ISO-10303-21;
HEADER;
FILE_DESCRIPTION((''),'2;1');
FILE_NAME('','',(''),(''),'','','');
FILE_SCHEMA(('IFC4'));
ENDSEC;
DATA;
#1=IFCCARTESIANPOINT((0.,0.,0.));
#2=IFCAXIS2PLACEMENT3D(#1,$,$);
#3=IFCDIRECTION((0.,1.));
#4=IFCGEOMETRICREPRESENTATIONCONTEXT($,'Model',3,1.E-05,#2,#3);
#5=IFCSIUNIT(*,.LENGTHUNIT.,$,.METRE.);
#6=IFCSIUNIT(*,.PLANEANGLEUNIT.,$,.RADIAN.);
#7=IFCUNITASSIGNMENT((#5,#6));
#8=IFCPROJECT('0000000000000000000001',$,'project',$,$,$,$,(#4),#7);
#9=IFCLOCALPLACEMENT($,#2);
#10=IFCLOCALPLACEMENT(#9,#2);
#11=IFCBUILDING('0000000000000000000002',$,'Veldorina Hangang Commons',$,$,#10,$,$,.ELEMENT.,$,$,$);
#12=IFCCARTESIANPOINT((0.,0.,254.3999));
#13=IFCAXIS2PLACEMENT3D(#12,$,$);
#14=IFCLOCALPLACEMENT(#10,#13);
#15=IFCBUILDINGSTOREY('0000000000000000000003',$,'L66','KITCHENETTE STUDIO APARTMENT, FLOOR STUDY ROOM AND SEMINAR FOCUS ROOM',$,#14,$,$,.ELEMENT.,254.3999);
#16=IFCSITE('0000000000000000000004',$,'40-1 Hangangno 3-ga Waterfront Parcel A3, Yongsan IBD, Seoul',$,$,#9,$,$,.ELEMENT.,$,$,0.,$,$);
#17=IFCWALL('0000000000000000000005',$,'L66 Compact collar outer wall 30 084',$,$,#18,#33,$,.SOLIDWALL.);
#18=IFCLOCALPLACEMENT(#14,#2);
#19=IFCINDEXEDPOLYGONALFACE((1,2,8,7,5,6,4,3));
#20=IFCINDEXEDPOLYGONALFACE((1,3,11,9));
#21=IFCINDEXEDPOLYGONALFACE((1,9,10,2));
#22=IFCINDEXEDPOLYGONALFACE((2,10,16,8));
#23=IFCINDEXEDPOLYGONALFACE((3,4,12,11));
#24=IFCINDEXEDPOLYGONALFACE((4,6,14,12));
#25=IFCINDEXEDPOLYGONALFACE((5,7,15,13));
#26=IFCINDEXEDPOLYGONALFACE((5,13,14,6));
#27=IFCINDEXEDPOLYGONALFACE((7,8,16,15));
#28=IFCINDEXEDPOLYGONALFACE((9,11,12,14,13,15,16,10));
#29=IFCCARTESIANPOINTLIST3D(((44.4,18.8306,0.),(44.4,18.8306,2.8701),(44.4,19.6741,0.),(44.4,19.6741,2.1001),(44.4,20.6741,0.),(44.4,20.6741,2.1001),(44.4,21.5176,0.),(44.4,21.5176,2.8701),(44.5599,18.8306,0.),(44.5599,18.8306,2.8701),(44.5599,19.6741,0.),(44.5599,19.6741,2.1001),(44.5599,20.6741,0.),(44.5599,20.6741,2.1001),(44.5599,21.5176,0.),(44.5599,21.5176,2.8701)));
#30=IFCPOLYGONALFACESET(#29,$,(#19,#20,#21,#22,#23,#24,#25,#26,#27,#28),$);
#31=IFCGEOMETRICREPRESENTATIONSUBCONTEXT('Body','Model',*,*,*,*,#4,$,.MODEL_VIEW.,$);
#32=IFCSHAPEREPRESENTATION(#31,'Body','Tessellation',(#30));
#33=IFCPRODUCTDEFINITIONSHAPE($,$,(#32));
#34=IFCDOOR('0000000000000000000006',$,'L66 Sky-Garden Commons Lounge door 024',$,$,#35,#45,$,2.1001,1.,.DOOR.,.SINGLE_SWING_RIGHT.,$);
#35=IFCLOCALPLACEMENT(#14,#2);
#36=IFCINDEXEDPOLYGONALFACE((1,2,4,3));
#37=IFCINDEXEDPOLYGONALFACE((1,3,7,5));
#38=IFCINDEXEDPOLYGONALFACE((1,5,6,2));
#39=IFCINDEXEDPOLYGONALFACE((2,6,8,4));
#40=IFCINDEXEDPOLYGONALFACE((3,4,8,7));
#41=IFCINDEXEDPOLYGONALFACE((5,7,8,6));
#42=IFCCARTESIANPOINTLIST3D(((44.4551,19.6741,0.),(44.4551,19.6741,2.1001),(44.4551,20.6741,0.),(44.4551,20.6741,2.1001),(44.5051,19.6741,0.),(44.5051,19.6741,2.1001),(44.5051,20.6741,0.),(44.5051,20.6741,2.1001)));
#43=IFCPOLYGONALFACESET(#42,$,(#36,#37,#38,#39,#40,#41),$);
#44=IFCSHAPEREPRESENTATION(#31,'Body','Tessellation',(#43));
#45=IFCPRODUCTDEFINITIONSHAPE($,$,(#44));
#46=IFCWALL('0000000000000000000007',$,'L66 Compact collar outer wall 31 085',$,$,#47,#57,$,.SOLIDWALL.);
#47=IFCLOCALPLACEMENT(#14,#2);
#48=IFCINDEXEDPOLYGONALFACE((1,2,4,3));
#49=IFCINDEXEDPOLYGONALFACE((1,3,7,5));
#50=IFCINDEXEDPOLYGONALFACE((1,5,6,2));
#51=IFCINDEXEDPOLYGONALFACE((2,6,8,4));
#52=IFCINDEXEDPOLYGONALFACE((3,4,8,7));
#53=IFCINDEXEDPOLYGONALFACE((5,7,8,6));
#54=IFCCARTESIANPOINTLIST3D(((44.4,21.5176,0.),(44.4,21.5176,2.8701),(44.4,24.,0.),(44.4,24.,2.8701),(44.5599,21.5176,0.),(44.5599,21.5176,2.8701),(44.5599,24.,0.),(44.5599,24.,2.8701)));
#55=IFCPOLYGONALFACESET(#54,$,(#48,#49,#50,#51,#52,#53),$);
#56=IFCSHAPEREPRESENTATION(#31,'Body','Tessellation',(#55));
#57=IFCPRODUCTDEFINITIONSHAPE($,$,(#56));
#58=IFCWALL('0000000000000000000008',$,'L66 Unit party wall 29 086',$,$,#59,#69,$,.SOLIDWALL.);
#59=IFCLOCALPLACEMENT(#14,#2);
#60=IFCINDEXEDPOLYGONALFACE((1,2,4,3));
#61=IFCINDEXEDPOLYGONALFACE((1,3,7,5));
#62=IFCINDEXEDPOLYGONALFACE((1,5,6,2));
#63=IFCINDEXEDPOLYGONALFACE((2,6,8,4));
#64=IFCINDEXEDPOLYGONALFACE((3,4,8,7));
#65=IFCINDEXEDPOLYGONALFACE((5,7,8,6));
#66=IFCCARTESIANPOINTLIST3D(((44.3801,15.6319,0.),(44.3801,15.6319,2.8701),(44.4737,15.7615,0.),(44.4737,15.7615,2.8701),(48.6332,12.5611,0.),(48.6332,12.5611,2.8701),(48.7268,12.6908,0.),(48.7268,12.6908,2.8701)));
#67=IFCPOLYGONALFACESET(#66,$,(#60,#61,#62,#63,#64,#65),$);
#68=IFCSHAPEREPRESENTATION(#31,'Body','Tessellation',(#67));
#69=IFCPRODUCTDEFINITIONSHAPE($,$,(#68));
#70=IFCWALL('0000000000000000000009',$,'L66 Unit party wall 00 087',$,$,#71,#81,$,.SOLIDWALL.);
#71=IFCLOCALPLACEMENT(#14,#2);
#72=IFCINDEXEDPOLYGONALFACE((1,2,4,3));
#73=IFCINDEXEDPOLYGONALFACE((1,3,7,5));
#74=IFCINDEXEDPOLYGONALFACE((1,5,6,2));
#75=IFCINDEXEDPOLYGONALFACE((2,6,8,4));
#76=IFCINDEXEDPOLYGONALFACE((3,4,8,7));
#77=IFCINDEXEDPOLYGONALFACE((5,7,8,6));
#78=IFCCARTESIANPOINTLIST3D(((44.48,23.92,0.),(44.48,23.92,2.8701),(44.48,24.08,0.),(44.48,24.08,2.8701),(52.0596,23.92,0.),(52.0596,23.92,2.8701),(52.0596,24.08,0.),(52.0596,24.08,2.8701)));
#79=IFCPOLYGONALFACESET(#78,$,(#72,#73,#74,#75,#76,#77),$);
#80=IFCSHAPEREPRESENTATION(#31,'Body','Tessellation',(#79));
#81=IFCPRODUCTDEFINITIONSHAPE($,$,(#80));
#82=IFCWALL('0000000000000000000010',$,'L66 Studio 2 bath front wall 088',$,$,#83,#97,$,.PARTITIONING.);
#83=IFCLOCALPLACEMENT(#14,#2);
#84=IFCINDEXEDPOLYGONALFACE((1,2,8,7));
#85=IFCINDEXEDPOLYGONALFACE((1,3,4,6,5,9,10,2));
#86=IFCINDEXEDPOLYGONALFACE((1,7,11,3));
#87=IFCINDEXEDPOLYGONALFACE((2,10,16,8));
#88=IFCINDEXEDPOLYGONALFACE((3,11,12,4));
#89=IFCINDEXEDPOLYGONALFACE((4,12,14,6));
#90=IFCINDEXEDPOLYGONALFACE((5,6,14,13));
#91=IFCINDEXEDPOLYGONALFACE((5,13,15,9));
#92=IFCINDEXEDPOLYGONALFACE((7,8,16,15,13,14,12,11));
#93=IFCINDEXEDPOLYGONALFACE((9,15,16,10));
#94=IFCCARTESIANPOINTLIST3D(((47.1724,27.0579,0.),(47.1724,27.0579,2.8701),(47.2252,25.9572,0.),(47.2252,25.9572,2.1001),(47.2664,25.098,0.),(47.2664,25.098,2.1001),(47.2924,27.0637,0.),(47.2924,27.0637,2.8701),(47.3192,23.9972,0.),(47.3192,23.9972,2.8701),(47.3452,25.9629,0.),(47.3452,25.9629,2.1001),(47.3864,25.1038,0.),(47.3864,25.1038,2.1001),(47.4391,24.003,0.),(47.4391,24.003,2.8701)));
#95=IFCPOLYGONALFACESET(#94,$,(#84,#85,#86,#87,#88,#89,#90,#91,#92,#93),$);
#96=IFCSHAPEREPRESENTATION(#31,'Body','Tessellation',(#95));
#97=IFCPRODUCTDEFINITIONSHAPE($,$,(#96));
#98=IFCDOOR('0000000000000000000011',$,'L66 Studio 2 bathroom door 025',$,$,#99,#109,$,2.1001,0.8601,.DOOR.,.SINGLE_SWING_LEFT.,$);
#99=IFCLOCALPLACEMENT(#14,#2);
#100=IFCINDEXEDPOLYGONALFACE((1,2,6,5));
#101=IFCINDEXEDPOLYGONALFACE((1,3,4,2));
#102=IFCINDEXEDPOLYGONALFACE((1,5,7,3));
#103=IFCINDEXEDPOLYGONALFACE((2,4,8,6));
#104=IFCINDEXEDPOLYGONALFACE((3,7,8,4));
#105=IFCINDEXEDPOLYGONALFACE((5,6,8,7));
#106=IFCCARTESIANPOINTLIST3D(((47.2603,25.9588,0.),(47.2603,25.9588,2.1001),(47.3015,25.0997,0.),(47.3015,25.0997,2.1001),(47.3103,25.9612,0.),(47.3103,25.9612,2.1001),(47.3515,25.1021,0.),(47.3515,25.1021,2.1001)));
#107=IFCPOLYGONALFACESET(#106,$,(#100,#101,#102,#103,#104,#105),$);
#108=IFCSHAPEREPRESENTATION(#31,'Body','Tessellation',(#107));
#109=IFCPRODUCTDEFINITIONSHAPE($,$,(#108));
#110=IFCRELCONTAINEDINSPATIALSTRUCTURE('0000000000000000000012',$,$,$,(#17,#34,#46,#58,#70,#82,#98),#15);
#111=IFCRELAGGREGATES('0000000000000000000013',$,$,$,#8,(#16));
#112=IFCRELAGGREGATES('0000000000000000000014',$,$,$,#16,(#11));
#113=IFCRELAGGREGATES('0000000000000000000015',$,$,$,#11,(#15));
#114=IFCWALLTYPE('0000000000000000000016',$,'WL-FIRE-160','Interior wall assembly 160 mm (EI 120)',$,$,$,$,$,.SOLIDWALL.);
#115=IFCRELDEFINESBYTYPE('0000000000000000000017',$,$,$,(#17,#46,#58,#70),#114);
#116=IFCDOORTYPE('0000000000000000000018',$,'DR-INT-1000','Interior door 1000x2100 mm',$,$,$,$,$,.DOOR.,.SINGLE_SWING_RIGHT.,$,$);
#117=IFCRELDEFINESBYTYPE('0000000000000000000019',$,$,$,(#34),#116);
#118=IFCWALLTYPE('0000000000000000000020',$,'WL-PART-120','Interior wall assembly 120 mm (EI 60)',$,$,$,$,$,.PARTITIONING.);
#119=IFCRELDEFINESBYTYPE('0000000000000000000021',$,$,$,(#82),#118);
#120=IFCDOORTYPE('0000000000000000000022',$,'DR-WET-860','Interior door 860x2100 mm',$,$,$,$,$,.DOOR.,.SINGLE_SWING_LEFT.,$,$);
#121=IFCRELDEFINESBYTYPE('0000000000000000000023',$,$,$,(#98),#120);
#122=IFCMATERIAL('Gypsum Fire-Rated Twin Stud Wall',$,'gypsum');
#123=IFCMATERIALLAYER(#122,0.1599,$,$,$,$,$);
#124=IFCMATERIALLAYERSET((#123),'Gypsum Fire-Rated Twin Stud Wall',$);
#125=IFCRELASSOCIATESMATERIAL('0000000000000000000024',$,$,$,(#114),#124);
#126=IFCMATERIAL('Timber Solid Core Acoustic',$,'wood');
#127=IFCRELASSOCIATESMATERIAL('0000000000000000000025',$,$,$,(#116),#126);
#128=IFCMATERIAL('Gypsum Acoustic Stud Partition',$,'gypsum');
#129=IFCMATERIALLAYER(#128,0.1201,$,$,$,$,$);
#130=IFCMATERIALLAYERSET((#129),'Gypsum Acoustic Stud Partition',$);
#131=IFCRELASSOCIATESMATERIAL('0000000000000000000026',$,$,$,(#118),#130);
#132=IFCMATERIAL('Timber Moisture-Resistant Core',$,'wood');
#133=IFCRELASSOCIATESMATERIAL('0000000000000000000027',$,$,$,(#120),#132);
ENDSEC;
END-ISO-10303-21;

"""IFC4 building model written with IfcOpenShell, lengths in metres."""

from ifc_helpers import new_model, si_unit, direction, frame, frame_2d, origin, place, context, subcontext, project, spatial, rectangle, extrude, material, layer, layer_set, type_object, element, fill, save


model = new_model("IFC4")

# Units and contexts
model_context = context("Model", 3, precision=1e-05, world=origin(), true_north=direction((0.0, 1.0)))
body_context = subcontext(model_context, "Body", "Model", "MODEL_VIEW")
ifc_project = project(units=[si_unit("LENGTHUNIT", "METRE"), si_unit("PLANEANGLEUNIT", "RADIAN")], contexts=[model_context])

# Site, building, storey
site_placement = place(None, origin())
site = spatial("IfcSite", under=ifc_project, at=site_placement, Name="40-1 Hangangno 3-ga Waterfront Parcel A3, Yongsan IBD, Seoul", CompositionType="ELEMENT", RefElevation=0.0)
building_placement = place(site_placement, origin())
building = spatial("IfcBuilding", under=site, at=building_placement, Name="Veldorina Hangang Commons", CompositionType="ELEMENT")
storey_placement = place(building_placement, frame((0.0, 0.0, 254.3999)))
storey = spatial("IfcBuildingStorey", under=building, at=storey_placement, Name="L66", Description="KITCHENETTE STUDIO APARTMENT, FLOOR STUDY ROOM AND SEMINAR FOCUS ROOM", CompositionType="ELEMENT", Elevation=254.3999)

# Shared definitions
ifc_material_1 = material(Name="Gypsum Fire-Rated Twin Stud Wall", Category="gypsum")
ifc_layer_1 = layer(ifc_material_1, 0.1599)
ifc_layer_set_1 = layer_set([ifc_layer_1], Name="Gypsum Fire-Rated Twin Stud Wall")
wall_type_1 = type_object("IfcWallType", Name="WL-FIRE-160", Description="Interior wall assembly 160 mm (EI 120)", PredefinedType="SOLIDWALL", material=ifc_layer_set_1)

# Wall, opening, door
wall_1_placement = place(storey_placement, frame((44.48, 18.8306, 0.0), z_axis=(0.0, 0.0, 1.0), x_axis=(0.0, 1.0, 0.0)))
wall_1 = element("IfcWall", 1, at=wall_1_placement, inside=storey, type_object=wall_type_1, Name="L66 Compact collar outer wall 30 084", PredefinedType="SOLIDWALL", context=body_context, shape_type="SweptSolid", body=[
    extrude(rectangle(XDim=2.687, YDim=0.1599, at=frame_2d((1.3435, 0.0))), origin(), (0.0, 0.0, 1.0), 2.8701),
])
opening_1_placement = place(wall_1_placement, frame((0.8435, 0.0, 0.0)))
opening_1 = element("IfcOpeningElement", 2, at=opening_1_placement, cuts=wall_1, PredefinedType="OPENING", context=body_context, shape_type="SweptSolid", body=[
    extrude(rectangle(XDim=1.0, YDim=2.1001, at=frame_2d((0.5, 1.05))), frame((0.0, 0.0898, 0.0), z_axis=(0.0, -1.0, 0.0), x_axis=(1.0, 0.0, 0.0)), (0.0, 0.0, 1.0), 0.1799),
])
ifc_material_2 = material(Name="Timber Solid Core Acoustic", Category="wood")
door_type_1 = type_object("IfcDoorType", Name="DR-INT-1000", Description="Interior door 1000x2100 mm", OperationType="SINGLE_SWING_RIGHT", PredefinedType="DOOR", material=ifc_material_2)
door_1_placement = place(opening_1_placement, origin())
door_1 = element("IfcDoor", 3, at=door_1_placement, inside=storey, type_object=door_type_1, Name="L66 Sky-Garden Commons Lounge door 024", OperationType="SINGLE_SWING_RIGHT", OverallHeight=2.1001, OverallWidth=1.0, PredefinedType="DOOR", context=body_context, shape_type="SweptSolid", body=[
    extrude(rectangle(XDim=1.0, YDim=2.1001, at=frame_2d((0.5, 1.05))), frame((0.0, 0.0249, 0.0), z_axis=(0.0, -1.0, 0.0), x_axis=(1.0, 0.0, 0.0)), (0.0, 0.0, 1.0), 0.05),
])
fill(opening_1, door_1)

# Walls
wall_2_placement = place(storey_placement, frame((44.48, 21.5176, 0.0), z_axis=(0.0, 0.0, 1.0), x_axis=(0.0, 1.0, 0.0)))
element("IfcWall", 4, at=wall_2_placement, inside=storey, type_object=wall_type_1, Name="L66 Compact collar outer wall 31 085", PredefinedType="SOLIDWALL", context=body_context, shape_type="SweptSolid", body=[
    extrude(rectangle(XDim=2.4824, YDim=0.1599, at=frame_2d((1.2412, 0.0))), origin(), (0.0, 0.0, 1.0), 2.8701),
])
wall_3_placement = place(storey_placement, frame((44.4268, 15.6968, 0.0), z_axis=(0.0, 0.0, 1.0), x_axis=(0.810764, -0.585373, 0.0)))
element("IfcWall", 5, at=wall_3_placement, inside=storey, type_object=wall_type_1, Name="L66 Unit party wall 29 086", PredefinedType="SOLIDWALL", context=body_context, shape_type="SweptSolid", body=[
    extrude(rectangle(XDim=5.2458, YDim=0.1599, at=frame_2d((2.623, 0.0))), origin(), (0.0, 0.0, 1.0), 2.8701),
])
wall_4_placement = place(storey_placement, frame((44.48, 24.0, 0.0), z_axis=(0.0, 0.0, 1.0), x_axis=(1.0, 0.0, 0.0)))
element("IfcWall", 6, at=wall_4_placement, inside=storey, type_object=wall_type_1, Name="L66 Unit party wall 00 087", PredefinedType="SOLIDWALL", context=body_context, shape_type="SweptSolid", body=[
    extrude(rectangle(XDim=7.5796, YDim=0.1599, at=frame_2d((3.7898, 0.0))), origin(), (0.0, 0.0, 1.0), 2.8701),
])

# Wall, opening, door
ifc_material_3 = material(Name="Gypsum Acoustic Stud Partition", Category="gypsum")
ifc_layer_2 = layer(ifc_material_3, 0.1201)
ifc_layer_set_2 = layer_set([ifc_layer_2], Name="Gypsum Acoustic Stud Partition")
wall_type_2 = type_object("IfcWallType", Name="WL-PART-120", Description="Interior wall assembly 120 mm (EI 60)", PredefinedType="PARTITIONING", material=ifc_layer_set_2)
wall_5_placement = place(storey_placement, frame((47.3792, 24.0, 0.0), z_axis=(0.0, 0.0, 1.0), x_axis=(-0.047883, 0.998853, 0.0)))
wall_5 = element("IfcWall", 7, at=wall_5_placement, inside=storey, type_object=wall_type_2, Name="L66 Studio 2 bath front wall 088", PredefinedType="PARTITIONING", context=body_context, shape_type="SweptSolid", body=[
    extrude(rectangle(XDim=3.0642, YDim=0.1201, at=frame_2d((1.5322, 0.0))), origin(), (0.0, 0.0, 1.0), 2.8701),
])
opening_2_placement = place(wall_5_placement, frame((1.1021, 0.0, 0.0)))
opening_2 = element("IfcOpeningElement", 8, at=opening_2_placement, cuts=wall_5, PredefinedType="OPENING", context=body_context, shape_type="SweptSolid", body=[
    extrude(rectangle(XDim=0.8601, YDim=2.1001, at=frame_2d((0.4302, 1.05))), frame((0.0, 0.0701, 0.0), z_axis=(0.0, -1.0, 0.0), x_axis=(1.0, 0.0, 0.0)), (0.0, 0.0, 1.0), 0.1401),
])
ifc_material_4 = material(Name="Timber Moisture-Resistant Core", Category="wood")
door_type_2 = type_object("IfcDoorType", Name="DR-WET-860", Description="Interior door 860x2100 mm", OperationType="SINGLE_SWING_LEFT", PredefinedType="DOOR", material=ifc_material_4)
door_2_placement = place(opening_2_placement, origin())
door_2 = element("IfcDoor", 9, at=door_2_placement, inside=storey, type_object=door_type_2, Name="L66 Studio 2 bathroom door 025", OperationType="SINGLE_SWING_LEFT", OverallHeight=2.1001, OverallWidth=0.8601, PredefinedType="DOOR", context=body_context, shape_type="SweptSolid", body=[
    extrude(rectangle(XDim=0.8601, YDim=2.1001, at=frame_2d((0.4302, 1.05))), frame((0.0, 0.0249, 0.0), z_axis=(0.0, -1.0, 0.0), x_axis=(1.0, 0.0, 0.0)), (0.0, 0.0, 1.0), 0.05),
])
fill(opening_2, door_2)

save(model, "model.ifc")
